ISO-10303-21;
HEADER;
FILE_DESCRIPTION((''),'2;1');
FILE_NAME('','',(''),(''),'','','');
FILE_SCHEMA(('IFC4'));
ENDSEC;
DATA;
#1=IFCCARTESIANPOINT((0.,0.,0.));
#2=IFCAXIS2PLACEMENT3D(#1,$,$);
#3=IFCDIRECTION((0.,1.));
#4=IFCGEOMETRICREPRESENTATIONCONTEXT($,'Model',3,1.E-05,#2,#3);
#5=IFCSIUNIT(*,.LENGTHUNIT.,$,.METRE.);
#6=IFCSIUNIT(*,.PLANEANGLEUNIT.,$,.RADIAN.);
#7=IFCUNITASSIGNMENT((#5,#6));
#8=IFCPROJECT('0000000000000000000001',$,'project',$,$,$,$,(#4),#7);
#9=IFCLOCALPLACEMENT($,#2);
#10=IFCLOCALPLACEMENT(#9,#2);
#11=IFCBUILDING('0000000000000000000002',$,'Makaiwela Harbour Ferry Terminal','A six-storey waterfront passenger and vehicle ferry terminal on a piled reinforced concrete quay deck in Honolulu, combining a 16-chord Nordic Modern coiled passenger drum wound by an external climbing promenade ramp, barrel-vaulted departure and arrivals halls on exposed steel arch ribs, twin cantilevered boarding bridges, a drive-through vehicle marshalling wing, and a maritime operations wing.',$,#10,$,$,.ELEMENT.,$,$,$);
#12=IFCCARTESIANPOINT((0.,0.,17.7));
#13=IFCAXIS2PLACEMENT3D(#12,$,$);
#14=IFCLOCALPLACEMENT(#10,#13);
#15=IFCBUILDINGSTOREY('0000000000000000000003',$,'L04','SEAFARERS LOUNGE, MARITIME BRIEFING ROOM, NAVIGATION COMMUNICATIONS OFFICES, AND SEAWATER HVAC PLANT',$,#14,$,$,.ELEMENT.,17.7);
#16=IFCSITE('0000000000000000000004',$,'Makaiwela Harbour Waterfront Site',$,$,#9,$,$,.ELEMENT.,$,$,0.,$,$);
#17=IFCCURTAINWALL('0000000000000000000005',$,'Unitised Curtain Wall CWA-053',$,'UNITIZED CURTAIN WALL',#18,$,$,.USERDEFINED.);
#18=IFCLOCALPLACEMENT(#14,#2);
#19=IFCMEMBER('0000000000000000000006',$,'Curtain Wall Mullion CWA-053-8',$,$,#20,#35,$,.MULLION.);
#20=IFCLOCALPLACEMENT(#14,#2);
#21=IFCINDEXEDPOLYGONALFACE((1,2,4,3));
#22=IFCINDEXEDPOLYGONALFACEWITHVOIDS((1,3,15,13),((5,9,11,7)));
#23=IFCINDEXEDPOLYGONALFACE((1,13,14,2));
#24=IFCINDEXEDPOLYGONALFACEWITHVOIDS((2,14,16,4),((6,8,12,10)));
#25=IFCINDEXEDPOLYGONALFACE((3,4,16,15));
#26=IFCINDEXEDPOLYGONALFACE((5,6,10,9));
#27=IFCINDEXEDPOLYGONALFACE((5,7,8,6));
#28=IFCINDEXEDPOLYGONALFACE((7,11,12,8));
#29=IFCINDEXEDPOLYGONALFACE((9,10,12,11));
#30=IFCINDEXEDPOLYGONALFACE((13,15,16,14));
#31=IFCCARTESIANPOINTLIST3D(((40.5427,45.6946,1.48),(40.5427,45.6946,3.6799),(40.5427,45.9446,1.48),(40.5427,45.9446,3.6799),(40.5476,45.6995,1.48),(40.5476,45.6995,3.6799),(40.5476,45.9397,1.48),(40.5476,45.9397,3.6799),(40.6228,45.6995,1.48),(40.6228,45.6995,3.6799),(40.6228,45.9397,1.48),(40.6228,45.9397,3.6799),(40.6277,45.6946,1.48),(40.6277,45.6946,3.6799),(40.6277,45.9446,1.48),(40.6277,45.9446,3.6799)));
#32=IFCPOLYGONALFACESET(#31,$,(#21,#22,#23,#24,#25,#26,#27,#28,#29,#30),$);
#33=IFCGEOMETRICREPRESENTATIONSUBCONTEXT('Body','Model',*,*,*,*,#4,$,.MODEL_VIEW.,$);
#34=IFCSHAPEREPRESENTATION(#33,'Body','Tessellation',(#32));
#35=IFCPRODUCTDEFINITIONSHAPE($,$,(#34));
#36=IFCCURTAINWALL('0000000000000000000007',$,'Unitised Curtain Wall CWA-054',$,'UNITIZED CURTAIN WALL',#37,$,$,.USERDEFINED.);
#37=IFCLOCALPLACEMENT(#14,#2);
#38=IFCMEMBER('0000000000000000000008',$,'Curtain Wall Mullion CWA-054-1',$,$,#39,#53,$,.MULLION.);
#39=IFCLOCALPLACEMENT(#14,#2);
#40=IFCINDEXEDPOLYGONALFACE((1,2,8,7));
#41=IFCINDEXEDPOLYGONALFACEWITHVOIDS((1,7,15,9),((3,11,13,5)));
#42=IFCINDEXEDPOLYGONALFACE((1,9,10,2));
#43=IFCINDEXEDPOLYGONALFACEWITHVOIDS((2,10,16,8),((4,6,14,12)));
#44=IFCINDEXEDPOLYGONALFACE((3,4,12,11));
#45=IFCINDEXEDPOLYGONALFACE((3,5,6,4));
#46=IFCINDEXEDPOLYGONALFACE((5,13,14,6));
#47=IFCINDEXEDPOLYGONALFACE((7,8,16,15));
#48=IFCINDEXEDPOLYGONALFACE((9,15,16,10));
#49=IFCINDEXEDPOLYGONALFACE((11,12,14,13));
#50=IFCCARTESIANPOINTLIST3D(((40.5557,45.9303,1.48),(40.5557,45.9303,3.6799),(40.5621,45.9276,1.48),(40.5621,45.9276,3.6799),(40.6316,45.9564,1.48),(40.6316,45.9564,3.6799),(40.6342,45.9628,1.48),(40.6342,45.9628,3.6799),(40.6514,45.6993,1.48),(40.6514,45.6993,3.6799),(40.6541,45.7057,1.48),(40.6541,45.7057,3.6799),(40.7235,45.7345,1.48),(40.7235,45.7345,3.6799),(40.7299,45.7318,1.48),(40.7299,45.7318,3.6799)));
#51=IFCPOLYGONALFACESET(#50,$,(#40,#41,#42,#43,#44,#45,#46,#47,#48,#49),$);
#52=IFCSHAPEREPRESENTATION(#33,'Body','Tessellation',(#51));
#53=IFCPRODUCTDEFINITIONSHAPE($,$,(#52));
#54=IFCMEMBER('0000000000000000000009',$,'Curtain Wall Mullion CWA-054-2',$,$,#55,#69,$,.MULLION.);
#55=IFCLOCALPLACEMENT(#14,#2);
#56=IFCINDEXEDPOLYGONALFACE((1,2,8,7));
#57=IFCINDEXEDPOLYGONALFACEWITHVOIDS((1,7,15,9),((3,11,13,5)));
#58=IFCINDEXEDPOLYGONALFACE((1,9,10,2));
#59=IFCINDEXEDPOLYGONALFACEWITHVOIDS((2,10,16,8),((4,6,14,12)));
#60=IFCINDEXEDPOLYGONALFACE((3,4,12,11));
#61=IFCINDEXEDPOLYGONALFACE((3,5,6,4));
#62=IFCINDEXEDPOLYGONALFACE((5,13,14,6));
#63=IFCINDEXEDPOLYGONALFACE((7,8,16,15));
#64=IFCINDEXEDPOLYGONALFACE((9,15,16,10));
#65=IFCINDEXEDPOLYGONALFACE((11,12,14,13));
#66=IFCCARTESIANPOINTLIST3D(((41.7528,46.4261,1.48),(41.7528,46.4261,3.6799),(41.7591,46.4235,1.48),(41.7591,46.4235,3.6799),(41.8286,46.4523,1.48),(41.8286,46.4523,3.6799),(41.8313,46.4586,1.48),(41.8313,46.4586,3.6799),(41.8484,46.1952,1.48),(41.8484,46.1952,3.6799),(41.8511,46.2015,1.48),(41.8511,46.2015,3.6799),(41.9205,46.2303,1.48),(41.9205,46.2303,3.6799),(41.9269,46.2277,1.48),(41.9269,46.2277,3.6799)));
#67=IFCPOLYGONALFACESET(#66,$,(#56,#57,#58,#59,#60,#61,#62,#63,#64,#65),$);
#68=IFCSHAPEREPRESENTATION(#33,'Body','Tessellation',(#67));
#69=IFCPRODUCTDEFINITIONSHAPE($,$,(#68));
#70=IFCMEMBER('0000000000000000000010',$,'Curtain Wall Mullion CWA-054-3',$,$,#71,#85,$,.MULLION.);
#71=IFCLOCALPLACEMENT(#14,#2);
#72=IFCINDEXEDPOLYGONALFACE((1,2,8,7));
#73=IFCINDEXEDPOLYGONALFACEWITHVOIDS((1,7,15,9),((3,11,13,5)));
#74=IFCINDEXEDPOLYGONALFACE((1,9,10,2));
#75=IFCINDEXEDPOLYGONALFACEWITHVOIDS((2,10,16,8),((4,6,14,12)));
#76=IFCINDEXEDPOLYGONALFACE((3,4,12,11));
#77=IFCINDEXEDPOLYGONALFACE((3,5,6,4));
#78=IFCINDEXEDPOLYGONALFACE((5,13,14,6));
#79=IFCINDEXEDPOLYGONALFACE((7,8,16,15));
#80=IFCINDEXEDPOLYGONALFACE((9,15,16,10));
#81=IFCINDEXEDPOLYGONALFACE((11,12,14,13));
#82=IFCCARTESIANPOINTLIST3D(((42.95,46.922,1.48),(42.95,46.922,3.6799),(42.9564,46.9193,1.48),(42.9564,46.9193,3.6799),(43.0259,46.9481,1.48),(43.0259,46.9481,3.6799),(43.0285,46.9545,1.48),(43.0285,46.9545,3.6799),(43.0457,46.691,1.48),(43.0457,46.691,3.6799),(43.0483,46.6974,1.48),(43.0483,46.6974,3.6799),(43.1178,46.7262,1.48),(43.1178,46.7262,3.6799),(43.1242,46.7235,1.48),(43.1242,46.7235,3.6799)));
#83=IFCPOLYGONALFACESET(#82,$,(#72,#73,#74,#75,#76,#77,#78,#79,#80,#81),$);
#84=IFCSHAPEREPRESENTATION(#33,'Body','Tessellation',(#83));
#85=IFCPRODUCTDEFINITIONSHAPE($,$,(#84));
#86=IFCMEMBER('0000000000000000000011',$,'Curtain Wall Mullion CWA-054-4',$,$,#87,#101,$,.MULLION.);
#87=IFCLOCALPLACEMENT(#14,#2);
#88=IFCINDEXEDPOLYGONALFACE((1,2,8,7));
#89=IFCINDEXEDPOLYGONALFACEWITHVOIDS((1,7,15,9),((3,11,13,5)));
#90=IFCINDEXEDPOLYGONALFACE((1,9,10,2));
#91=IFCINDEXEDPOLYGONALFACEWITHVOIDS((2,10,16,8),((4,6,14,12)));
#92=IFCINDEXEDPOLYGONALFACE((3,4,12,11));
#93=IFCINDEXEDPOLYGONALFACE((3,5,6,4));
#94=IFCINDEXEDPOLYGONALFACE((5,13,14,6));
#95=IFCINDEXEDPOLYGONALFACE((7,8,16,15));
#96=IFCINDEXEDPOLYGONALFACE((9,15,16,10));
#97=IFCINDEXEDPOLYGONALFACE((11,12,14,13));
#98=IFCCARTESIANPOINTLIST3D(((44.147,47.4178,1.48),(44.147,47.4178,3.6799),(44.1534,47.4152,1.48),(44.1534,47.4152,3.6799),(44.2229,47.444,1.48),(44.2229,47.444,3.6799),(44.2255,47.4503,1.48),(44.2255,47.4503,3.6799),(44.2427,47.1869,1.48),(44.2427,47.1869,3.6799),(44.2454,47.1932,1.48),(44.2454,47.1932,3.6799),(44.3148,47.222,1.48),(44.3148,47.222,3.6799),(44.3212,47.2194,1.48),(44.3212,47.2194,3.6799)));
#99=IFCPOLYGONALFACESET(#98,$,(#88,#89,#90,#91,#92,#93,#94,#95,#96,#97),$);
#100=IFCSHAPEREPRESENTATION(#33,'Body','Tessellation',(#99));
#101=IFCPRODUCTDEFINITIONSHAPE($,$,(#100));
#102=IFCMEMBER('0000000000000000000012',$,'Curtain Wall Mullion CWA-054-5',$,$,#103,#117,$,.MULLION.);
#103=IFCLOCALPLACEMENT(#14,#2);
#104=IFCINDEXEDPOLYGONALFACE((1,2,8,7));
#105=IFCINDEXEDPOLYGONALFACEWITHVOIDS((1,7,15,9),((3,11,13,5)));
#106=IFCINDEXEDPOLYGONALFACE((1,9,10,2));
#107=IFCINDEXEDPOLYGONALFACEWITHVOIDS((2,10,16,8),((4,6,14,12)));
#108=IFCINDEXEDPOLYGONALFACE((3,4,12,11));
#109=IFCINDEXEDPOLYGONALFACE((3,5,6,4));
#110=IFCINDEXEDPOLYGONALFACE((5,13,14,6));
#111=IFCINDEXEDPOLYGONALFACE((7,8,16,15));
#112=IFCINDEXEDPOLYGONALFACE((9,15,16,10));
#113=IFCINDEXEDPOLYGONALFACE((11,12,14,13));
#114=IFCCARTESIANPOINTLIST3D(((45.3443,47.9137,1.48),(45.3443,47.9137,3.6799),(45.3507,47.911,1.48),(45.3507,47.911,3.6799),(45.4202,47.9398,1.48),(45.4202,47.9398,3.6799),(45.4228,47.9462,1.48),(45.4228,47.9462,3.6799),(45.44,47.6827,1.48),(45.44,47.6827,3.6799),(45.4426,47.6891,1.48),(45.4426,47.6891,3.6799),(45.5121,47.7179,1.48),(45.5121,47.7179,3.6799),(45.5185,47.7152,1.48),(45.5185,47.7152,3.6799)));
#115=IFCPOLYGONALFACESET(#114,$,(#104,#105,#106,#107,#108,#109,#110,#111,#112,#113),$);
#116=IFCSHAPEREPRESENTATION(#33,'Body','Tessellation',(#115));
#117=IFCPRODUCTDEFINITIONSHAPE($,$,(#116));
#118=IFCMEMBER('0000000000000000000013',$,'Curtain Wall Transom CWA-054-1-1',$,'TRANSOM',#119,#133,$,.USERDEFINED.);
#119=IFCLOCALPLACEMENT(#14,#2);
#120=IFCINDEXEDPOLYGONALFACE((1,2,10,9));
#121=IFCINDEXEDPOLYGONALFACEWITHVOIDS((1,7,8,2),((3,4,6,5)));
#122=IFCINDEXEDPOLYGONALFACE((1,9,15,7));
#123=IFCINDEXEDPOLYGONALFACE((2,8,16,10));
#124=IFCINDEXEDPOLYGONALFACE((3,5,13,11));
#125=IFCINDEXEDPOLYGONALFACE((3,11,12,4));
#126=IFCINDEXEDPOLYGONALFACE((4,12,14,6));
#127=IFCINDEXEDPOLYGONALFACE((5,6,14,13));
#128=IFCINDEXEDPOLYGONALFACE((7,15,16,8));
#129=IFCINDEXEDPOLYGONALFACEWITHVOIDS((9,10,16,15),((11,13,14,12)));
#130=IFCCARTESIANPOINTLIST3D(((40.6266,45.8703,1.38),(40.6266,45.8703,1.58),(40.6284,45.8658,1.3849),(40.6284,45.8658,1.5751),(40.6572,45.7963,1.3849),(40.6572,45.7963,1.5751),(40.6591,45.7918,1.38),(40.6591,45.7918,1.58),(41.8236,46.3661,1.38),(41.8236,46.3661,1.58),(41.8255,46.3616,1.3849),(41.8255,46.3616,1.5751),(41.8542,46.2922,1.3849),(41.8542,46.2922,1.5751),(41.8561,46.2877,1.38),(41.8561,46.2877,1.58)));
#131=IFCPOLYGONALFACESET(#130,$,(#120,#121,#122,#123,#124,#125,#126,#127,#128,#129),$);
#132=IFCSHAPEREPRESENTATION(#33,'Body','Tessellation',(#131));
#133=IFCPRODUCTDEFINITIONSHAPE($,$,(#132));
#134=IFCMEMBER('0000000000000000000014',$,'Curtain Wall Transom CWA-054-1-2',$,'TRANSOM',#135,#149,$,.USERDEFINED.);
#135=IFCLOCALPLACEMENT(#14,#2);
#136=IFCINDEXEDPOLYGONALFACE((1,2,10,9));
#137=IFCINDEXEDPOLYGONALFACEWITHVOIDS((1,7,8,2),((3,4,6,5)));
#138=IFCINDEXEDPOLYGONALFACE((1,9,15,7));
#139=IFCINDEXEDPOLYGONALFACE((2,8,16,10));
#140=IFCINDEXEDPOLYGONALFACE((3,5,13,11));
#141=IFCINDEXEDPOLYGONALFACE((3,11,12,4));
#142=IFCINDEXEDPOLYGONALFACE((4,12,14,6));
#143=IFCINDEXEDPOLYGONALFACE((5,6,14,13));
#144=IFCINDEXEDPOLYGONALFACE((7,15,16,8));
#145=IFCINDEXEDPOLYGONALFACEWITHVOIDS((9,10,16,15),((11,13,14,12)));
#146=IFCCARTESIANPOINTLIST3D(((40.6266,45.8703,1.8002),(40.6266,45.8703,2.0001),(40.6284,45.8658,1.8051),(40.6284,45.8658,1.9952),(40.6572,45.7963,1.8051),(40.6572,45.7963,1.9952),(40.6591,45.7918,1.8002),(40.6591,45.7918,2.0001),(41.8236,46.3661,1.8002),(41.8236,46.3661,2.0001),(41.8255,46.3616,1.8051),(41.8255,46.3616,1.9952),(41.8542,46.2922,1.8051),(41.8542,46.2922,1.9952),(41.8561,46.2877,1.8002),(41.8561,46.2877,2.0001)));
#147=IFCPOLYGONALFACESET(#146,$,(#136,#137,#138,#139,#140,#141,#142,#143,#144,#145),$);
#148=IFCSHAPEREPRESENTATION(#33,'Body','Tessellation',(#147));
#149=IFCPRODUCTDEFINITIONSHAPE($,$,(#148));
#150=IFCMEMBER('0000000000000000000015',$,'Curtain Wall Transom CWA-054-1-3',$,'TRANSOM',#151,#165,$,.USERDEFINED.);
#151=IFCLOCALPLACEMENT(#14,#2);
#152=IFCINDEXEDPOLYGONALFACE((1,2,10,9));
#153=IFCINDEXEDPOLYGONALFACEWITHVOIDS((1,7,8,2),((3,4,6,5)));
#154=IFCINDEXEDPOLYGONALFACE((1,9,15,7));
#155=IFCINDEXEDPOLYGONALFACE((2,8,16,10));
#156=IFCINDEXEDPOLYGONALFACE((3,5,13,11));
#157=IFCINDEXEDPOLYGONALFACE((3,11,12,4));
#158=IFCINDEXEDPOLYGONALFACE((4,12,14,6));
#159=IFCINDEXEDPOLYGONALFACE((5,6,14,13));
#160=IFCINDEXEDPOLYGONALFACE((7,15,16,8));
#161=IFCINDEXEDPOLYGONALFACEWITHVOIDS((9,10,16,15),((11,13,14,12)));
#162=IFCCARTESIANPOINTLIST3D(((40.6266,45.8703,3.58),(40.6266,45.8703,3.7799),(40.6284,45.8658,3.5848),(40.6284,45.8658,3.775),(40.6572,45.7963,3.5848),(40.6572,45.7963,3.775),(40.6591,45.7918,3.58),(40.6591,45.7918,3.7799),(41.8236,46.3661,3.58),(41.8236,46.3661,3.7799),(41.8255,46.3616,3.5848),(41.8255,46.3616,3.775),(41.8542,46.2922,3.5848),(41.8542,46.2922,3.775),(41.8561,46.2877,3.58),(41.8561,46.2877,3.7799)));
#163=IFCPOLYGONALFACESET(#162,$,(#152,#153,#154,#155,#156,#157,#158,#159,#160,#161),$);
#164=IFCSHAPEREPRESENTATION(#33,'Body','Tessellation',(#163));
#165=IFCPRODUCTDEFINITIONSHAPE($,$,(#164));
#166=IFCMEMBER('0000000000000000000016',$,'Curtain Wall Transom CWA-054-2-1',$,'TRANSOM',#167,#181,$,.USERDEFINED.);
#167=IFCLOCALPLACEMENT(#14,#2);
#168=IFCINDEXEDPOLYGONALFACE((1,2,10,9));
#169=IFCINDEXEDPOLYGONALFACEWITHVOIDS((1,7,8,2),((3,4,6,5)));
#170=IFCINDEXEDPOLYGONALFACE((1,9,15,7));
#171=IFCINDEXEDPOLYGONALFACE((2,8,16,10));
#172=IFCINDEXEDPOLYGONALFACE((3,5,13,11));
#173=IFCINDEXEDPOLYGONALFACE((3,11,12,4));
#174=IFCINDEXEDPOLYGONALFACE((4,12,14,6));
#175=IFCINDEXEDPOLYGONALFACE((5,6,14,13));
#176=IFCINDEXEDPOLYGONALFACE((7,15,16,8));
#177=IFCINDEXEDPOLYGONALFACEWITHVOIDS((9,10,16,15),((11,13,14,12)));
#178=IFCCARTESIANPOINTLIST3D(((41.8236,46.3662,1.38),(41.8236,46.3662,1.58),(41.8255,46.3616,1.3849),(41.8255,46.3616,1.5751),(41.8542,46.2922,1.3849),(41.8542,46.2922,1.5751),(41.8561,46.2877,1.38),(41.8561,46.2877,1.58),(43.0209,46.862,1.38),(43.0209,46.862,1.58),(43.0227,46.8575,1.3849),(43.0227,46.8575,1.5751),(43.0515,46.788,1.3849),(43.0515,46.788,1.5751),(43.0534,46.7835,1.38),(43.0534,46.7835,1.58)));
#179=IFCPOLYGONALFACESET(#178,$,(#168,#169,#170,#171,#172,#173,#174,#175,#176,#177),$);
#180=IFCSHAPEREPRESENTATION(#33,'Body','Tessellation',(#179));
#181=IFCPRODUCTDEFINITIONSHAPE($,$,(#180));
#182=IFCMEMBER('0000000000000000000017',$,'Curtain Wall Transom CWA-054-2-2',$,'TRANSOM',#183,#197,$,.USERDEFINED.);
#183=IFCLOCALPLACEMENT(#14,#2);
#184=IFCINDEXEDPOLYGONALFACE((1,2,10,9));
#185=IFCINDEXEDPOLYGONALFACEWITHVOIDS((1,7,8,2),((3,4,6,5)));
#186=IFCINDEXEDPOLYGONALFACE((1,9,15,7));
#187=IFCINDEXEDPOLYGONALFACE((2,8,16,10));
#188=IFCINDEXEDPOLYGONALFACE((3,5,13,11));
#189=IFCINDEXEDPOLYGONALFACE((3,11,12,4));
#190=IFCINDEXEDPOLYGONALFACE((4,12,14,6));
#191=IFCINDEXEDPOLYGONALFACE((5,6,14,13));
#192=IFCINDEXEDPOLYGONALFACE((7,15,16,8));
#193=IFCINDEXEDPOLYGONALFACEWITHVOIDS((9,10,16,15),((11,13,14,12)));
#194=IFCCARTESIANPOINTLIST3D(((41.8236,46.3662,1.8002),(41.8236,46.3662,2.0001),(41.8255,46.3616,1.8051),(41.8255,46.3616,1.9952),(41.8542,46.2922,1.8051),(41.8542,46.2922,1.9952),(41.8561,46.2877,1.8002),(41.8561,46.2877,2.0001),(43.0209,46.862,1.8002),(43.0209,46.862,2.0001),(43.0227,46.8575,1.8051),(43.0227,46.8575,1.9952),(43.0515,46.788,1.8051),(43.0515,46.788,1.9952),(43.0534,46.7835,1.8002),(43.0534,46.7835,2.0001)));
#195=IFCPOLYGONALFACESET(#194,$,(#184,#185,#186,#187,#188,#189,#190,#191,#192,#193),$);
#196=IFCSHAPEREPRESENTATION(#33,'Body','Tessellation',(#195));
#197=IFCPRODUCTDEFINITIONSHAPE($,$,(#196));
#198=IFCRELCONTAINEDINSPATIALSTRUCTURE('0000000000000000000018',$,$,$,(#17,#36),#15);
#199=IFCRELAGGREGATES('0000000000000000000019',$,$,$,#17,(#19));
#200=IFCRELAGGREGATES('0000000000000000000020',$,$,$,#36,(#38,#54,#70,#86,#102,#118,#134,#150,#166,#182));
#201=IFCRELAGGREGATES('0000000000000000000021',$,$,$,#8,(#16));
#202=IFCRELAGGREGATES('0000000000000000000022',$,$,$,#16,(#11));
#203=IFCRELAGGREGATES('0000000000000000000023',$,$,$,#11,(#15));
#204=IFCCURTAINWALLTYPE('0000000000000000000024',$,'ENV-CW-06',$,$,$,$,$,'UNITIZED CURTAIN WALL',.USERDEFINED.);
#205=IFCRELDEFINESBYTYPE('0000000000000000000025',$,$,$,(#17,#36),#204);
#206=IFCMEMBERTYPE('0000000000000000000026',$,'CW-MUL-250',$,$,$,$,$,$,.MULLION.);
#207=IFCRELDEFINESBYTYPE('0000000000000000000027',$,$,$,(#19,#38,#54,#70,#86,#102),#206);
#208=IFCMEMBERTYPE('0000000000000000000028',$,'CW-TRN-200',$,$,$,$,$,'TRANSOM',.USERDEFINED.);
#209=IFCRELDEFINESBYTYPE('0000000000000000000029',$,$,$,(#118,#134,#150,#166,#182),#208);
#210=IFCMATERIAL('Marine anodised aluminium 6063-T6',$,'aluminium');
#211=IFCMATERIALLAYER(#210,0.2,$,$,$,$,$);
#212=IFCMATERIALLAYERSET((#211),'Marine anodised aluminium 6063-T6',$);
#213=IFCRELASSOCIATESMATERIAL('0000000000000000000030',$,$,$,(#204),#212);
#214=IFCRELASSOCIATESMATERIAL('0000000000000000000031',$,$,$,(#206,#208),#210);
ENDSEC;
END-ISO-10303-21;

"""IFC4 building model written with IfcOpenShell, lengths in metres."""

from ifc_helpers import new_model, si_unit, direction, frame, origin, origin_2d, place, context, subcontext, project, spatial, hollow_rectangle, extrude, material, layer, layer_set, material_profile, profile_set, type_object, element, aggregate, save


model = new_model("IFC4")

# Units and contexts
model_context = context("Model", 3, precision=1e-05, world=origin(), true_north=direction((0.0, 1.0)))
body_context = subcontext(model_context, "Body", "Model", "MODEL_VIEW")
ifc_project = project(units=[si_unit("LENGTHUNIT", "METRE"), si_unit("PLANEANGLEUNIT", "RADIAN")], contexts=[model_context])

# Site, building, storey
site_placement = place(None, origin())
site = spatial("IfcSite", under=ifc_project, at=site_placement, Name="Makaiwela Harbour Waterfront Site", CompositionType="ELEMENT", RefElevation=0.0)
building_placement = place(site_placement, origin())
building = spatial("IfcBuilding", under=site, at=building_placement, Name="Makaiwela Harbour Ferry Terminal", Description="A six-storey waterfront passenger and vehicle ferry terminal on a piled reinforced concrete quay deck in Honolulu, combining a 16-chord Nordic Modern coiled passenger drum wound by an external climbing promenade ramp, barrel-vaulted departure and arrivals halls on exposed steel arch ribs, twin cantilevered boarding bridges, a drive-through vehicle marshalling wing, and a maritime operations wing.", CompositionType="ELEMENT")
storey_placement = place(building_placement, frame((0.0, 0.0, 17.7)))
storey = spatial("IfcBuildingStorey", under=building, at=storey_placement, Name="L04", Description="SEAFARERS LOUNGE, MARITIME BRIEFING ROOM, NAVIGATION COMMUNICATIONS OFFICES, AND SEAWATER HVAC PLANT", CompositionType="ELEMENT", Elevation=17.7)

# Curtain wall, member
ifc_material_1 = material(Name="Marine anodised aluminium 6063-T6", Category="aluminium")
ifc_layer_1 = layer(ifc_material_1, 0.2)
ifc_layer_set_1 = layer_set([ifc_layer_1], Name="Marine anodised aluminium 6063-T6")
curtain_wall_type = type_object("IfcCurtainWallType", Name="ENV-CW-06", ElementType="UNITIZED CURTAIN WALL", PredefinedType="USERDEFINED", material=ifc_layer_set_1)
curtain_wall_1_placement = place(storey_placement, origin())
curtain_wall_1 = element("IfcCurtainWall", 1, at=curtain_wall_1_placement, inside=storey, type_object=curtain_wall_type, Name="Unitised Curtain Wall CWA-053", ObjectType="UNITIZED CURTAIN WALL", PredefinedType="USERDEFINED")
ifc_material_profile_1 = material_profile(ifc_material_1, hollow_rectangle(XDim=0.085, YDim=0.25, WallThickness=0.0049, at=origin_2d()), Name="CWM-250X85")
ifc_profile_set_1 = profile_set([ifc_material_profile_1], Name="Marine anodised aluminium 6063-T6")
member_type_1 = type_object("IfcMemberType", Name="CW-MUL-250", PredefinedType="MULLION", material=ifc_profile_set_1)
member_1_placement = place(storey_placement, frame((40.5852, 45.8196, 1.48), z_axis=(0.0, 0.0, 1.0), x_axis=(1.0, 0.0, 0.0)))
member_1 = element("IfcMember", 2, at=member_1_placement, type_object=member_type_1, Name="Curtain Wall Mullion CWA-053-8", PredefinedType="MULLION", context=body_context, shape_type="SweptSolid", body=[
    extrude(hollow_rectangle(XDim=0.085, YDim=0.25, WallThickness=0.0049, at=origin_2d()), origin(), (0.0, 0.0, 1.0), 2.2),
])
aggregate(curtain_wall_1, [member_1])

# Curtain wall, members
curtain_wall_2_placement = place(storey_placement, origin())
curtain_wall_2 = element("IfcCurtainWall", 3, at=curtain_wall_2_placement, inside=storey, type_object=curtain_wall_type, Name="Unitised Curtain Wall CWA-054", ObjectType="UNITIZED CURTAIN WALL", PredefinedType="USERDEFINED")
member_2_placement = place(storey_placement, frame((40.6428, 45.8311, 1.48), z_axis=(0.0, 0.0, 1.0), x_axis=(0.92388, 0.382683, 0.0)))
member_2 = element("IfcMember", 4, at=member_2_placement, type_object=member_type_1, Name="Curtain Wall Mullion CWA-054-1", PredefinedType="MULLION", context=body_context, shape_type="SweptSolid", body=[
    extrude(hollow_rectangle(XDim=0.085, YDim=0.25, WallThickness=0.0049, at=origin_2d()), origin(), (0.0, 0.0, 1.0), 2.2),
])
member_3_placement = place(storey_placement, frame((41.8398, 46.3269, 1.48), z_axis=(0.0, 0.0, 1.0), x_axis=(0.92388, 0.382683, 0.0)))
member_3 = element("IfcMember", 5, at=member_3_placement, type_object=member_type_1, Name="Curtain Wall Mullion CWA-054-2", PredefinedType="MULLION", context=body_context, shape_type="SweptSolid", body=[
    extrude(hollow_rectangle(XDim=0.085, YDim=0.25, WallThickness=0.0049, at=origin_2d()), origin(), (0.0, 0.0, 1.0), 2.2),
])
member_4_placement = place(storey_placement, frame((43.0371, 46.8228, 1.48), z_axis=(0.0, 0.0, 1.0), x_axis=(0.92388, 0.382683, 0.0)))
member_4 = element("IfcMember", 6, at=member_4_placement, type_object=member_type_1, Name="Curtain Wall Mullion CWA-054-3", PredefinedType="MULLION", context=body_context, shape_type="SweptSolid", body=[
    extrude(hollow_rectangle(XDim=0.085, YDim=0.25, WallThickness=0.0049, at=origin_2d()), origin(), (0.0, 0.0, 1.0), 2.2),
])
member_5_placement = place(storey_placement, frame((44.2341, 47.3186, 1.48), z_axis=(0.0, 0.0, 1.0), x_axis=(0.92388, 0.382683, 0.0)))
member_5 = element("IfcMember", 7, at=member_5_placement, type_object=member_type_1, Name="Curtain Wall Mullion CWA-054-4", PredefinedType="MULLION", context=body_context, shape_type="SweptSolid", body=[
    extrude(hollow_rectangle(XDim=0.085, YDim=0.25, WallThickness=0.0049, at=origin_2d()), origin(), (0.0, 0.0, 1.0), 2.2),
])
member_6_placement = place(storey_placement, frame((45.4314, 47.8145, 1.48), z_axis=(0.0, 0.0, 1.0), x_axis=(0.92388, 0.382683, 0.0)))
member_6 = element("IfcMember", 8, at=member_6_placement, type_object=member_type_1, Name="Curtain Wall Mullion CWA-054-5", PredefinedType="MULLION", context=body_context, shape_type="SweptSolid", body=[
    extrude(hollow_rectangle(XDim=0.085, YDim=0.25, WallThickness=0.0049, at=origin_2d()), origin(), (0.0, 0.0, 1.0), 2.2),
])
ifc_material_profile_2 = material_profile(ifc_material_1, hollow_rectangle(XDim=0.085, YDim=0.2, WallThickness=0.0049, at=origin_2d()), Name="CWT-200X85")
ifc_profile_set_2 = profile_set([ifc_material_profile_2], Name="Marine anodised aluminium 6063-T6")
member_type_2 = type_object("IfcMemberType", Name="CW-TRN-200", ElementType="TRANSOM", PredefinedType="USERDEFINED", material=ifc_profile_set_2)
member_7_placement = place(storey_placement, frame((40.6428, 45.8311, 1.48), z_axis=(0.923872, 0.382701, 0.0), x_axis=(-0.382701, 0.923872, 0.0)))
member_7 = element("IfcMember", 9, at=member_7_placement, type_object=member_type_2, Name="Curtain Wall Transom CWA-054-1-1", ObjectType="TRANSOM", PredefinedType="USERDEFINED", context=body_context, shape_type="SweptSolid", body=[
    extrude(hollow_rectangle(XDim=0.085, YDim=0.2, WallThickness=0.0049, at=origin_2d()), origin(), (0.0, 0.0, 1.0), 1.2957),
])
member_8_placement = place(storey_placement, frame((40.6428, 45.8311, 1.9001), z_axis=(0.923872, 0.382701, 0.0), x_axis=(-0.382701, 0.923872, 0.0)))
member_8 = element("IfcMember", 10, at=member_8_placement, type_object=member_type_2, Name="Curtain Wall Transom CWA-054-1-2", ObjectType="TRANSOM", PredefinedType="USERDEFINED", context=body_context, shape_type="SweptSolid", body=[
    extrude(hollow_rectangle(XDim=0.085, YDim=0.2, WallThickness=0.0049, at=origin_2d()), origin(), (0.0, 0.0, 1.0), 1.2957),
])
member_9_placement = place(storey_placement, frame((40.6428, 45.8311, 3.6799), z_axis=(0.923872, 0.382701, 0.0), x_axis=(-0.382701, 0.923872, 0.0)))
member_9 = element("IfcMember", 11, at=member_9_placement, type_object=member_type_2, Name="Curtain Wall Transom CWA-054-1-3", ObjectType="TRANSOM", PredefinedType="USERDEFINED", context=body_context, shape_type="SweptSolid", body=[
    extrude(hollow_rectangle(XDim=0.085, YDim=0.2, WallThickness=0.0049, at=origin_2d()), origin(), (0.0, 0.0, 1.0), 1.2957),
])
member_10_placement = place(storey_placement, frame((41.8398, 46.3269, 1.48), z_axis=(0.9239, 0.382635, 0.0), x_axis=(-0.382635, 0.9239, 0.0)))
member_10 = element("IfcMember", 12, at=member_10_placement, type_object=member_type_2, Name="Curtain Wall Transom CWA-054-2-1", ObjectType="TRANSOM", PredefinedType="USERDEFINED", context=body_context, shape_type="SweptSolid", body=[
    extrude(hollow_rectangle(XDim=0.085, YDim=0.2, WallThickness=0.0049, at=origin_2d()), origin(), (0.0, 0.0, 1.0), 1.2959),
])
member_11_placement = place(storey_placement, frame((41.8398, 46.3269, 1.9001), z_axis=(0.9239, 0.382635, 0.0), x_axis=(-0.382635, 0.9239, 0.0)))
member_11 = element("IfcMember", 13, at=member_11_placement, type_object=member_type_2, Name="Curtain Wall Transom CWA-054-2-2", ObjectType="TRANSOM", PredefinedType="USERDEFINED", context=body_context, shape_type="SweptSolid", body=[
    extrude(hollow_rectangle(XDim=0.085, YDim=0.2, WallThickness=0.0049, at=origin_2d()), origin(), (0.0, 0.0, 1.0), 1.2959),
])
aggregate(curtain_wall_2, [member_2, member_3, member_4, member_5, member_6, member_7, member_8, member_9, member_10, member_11])

save(model, "model.ifc")
